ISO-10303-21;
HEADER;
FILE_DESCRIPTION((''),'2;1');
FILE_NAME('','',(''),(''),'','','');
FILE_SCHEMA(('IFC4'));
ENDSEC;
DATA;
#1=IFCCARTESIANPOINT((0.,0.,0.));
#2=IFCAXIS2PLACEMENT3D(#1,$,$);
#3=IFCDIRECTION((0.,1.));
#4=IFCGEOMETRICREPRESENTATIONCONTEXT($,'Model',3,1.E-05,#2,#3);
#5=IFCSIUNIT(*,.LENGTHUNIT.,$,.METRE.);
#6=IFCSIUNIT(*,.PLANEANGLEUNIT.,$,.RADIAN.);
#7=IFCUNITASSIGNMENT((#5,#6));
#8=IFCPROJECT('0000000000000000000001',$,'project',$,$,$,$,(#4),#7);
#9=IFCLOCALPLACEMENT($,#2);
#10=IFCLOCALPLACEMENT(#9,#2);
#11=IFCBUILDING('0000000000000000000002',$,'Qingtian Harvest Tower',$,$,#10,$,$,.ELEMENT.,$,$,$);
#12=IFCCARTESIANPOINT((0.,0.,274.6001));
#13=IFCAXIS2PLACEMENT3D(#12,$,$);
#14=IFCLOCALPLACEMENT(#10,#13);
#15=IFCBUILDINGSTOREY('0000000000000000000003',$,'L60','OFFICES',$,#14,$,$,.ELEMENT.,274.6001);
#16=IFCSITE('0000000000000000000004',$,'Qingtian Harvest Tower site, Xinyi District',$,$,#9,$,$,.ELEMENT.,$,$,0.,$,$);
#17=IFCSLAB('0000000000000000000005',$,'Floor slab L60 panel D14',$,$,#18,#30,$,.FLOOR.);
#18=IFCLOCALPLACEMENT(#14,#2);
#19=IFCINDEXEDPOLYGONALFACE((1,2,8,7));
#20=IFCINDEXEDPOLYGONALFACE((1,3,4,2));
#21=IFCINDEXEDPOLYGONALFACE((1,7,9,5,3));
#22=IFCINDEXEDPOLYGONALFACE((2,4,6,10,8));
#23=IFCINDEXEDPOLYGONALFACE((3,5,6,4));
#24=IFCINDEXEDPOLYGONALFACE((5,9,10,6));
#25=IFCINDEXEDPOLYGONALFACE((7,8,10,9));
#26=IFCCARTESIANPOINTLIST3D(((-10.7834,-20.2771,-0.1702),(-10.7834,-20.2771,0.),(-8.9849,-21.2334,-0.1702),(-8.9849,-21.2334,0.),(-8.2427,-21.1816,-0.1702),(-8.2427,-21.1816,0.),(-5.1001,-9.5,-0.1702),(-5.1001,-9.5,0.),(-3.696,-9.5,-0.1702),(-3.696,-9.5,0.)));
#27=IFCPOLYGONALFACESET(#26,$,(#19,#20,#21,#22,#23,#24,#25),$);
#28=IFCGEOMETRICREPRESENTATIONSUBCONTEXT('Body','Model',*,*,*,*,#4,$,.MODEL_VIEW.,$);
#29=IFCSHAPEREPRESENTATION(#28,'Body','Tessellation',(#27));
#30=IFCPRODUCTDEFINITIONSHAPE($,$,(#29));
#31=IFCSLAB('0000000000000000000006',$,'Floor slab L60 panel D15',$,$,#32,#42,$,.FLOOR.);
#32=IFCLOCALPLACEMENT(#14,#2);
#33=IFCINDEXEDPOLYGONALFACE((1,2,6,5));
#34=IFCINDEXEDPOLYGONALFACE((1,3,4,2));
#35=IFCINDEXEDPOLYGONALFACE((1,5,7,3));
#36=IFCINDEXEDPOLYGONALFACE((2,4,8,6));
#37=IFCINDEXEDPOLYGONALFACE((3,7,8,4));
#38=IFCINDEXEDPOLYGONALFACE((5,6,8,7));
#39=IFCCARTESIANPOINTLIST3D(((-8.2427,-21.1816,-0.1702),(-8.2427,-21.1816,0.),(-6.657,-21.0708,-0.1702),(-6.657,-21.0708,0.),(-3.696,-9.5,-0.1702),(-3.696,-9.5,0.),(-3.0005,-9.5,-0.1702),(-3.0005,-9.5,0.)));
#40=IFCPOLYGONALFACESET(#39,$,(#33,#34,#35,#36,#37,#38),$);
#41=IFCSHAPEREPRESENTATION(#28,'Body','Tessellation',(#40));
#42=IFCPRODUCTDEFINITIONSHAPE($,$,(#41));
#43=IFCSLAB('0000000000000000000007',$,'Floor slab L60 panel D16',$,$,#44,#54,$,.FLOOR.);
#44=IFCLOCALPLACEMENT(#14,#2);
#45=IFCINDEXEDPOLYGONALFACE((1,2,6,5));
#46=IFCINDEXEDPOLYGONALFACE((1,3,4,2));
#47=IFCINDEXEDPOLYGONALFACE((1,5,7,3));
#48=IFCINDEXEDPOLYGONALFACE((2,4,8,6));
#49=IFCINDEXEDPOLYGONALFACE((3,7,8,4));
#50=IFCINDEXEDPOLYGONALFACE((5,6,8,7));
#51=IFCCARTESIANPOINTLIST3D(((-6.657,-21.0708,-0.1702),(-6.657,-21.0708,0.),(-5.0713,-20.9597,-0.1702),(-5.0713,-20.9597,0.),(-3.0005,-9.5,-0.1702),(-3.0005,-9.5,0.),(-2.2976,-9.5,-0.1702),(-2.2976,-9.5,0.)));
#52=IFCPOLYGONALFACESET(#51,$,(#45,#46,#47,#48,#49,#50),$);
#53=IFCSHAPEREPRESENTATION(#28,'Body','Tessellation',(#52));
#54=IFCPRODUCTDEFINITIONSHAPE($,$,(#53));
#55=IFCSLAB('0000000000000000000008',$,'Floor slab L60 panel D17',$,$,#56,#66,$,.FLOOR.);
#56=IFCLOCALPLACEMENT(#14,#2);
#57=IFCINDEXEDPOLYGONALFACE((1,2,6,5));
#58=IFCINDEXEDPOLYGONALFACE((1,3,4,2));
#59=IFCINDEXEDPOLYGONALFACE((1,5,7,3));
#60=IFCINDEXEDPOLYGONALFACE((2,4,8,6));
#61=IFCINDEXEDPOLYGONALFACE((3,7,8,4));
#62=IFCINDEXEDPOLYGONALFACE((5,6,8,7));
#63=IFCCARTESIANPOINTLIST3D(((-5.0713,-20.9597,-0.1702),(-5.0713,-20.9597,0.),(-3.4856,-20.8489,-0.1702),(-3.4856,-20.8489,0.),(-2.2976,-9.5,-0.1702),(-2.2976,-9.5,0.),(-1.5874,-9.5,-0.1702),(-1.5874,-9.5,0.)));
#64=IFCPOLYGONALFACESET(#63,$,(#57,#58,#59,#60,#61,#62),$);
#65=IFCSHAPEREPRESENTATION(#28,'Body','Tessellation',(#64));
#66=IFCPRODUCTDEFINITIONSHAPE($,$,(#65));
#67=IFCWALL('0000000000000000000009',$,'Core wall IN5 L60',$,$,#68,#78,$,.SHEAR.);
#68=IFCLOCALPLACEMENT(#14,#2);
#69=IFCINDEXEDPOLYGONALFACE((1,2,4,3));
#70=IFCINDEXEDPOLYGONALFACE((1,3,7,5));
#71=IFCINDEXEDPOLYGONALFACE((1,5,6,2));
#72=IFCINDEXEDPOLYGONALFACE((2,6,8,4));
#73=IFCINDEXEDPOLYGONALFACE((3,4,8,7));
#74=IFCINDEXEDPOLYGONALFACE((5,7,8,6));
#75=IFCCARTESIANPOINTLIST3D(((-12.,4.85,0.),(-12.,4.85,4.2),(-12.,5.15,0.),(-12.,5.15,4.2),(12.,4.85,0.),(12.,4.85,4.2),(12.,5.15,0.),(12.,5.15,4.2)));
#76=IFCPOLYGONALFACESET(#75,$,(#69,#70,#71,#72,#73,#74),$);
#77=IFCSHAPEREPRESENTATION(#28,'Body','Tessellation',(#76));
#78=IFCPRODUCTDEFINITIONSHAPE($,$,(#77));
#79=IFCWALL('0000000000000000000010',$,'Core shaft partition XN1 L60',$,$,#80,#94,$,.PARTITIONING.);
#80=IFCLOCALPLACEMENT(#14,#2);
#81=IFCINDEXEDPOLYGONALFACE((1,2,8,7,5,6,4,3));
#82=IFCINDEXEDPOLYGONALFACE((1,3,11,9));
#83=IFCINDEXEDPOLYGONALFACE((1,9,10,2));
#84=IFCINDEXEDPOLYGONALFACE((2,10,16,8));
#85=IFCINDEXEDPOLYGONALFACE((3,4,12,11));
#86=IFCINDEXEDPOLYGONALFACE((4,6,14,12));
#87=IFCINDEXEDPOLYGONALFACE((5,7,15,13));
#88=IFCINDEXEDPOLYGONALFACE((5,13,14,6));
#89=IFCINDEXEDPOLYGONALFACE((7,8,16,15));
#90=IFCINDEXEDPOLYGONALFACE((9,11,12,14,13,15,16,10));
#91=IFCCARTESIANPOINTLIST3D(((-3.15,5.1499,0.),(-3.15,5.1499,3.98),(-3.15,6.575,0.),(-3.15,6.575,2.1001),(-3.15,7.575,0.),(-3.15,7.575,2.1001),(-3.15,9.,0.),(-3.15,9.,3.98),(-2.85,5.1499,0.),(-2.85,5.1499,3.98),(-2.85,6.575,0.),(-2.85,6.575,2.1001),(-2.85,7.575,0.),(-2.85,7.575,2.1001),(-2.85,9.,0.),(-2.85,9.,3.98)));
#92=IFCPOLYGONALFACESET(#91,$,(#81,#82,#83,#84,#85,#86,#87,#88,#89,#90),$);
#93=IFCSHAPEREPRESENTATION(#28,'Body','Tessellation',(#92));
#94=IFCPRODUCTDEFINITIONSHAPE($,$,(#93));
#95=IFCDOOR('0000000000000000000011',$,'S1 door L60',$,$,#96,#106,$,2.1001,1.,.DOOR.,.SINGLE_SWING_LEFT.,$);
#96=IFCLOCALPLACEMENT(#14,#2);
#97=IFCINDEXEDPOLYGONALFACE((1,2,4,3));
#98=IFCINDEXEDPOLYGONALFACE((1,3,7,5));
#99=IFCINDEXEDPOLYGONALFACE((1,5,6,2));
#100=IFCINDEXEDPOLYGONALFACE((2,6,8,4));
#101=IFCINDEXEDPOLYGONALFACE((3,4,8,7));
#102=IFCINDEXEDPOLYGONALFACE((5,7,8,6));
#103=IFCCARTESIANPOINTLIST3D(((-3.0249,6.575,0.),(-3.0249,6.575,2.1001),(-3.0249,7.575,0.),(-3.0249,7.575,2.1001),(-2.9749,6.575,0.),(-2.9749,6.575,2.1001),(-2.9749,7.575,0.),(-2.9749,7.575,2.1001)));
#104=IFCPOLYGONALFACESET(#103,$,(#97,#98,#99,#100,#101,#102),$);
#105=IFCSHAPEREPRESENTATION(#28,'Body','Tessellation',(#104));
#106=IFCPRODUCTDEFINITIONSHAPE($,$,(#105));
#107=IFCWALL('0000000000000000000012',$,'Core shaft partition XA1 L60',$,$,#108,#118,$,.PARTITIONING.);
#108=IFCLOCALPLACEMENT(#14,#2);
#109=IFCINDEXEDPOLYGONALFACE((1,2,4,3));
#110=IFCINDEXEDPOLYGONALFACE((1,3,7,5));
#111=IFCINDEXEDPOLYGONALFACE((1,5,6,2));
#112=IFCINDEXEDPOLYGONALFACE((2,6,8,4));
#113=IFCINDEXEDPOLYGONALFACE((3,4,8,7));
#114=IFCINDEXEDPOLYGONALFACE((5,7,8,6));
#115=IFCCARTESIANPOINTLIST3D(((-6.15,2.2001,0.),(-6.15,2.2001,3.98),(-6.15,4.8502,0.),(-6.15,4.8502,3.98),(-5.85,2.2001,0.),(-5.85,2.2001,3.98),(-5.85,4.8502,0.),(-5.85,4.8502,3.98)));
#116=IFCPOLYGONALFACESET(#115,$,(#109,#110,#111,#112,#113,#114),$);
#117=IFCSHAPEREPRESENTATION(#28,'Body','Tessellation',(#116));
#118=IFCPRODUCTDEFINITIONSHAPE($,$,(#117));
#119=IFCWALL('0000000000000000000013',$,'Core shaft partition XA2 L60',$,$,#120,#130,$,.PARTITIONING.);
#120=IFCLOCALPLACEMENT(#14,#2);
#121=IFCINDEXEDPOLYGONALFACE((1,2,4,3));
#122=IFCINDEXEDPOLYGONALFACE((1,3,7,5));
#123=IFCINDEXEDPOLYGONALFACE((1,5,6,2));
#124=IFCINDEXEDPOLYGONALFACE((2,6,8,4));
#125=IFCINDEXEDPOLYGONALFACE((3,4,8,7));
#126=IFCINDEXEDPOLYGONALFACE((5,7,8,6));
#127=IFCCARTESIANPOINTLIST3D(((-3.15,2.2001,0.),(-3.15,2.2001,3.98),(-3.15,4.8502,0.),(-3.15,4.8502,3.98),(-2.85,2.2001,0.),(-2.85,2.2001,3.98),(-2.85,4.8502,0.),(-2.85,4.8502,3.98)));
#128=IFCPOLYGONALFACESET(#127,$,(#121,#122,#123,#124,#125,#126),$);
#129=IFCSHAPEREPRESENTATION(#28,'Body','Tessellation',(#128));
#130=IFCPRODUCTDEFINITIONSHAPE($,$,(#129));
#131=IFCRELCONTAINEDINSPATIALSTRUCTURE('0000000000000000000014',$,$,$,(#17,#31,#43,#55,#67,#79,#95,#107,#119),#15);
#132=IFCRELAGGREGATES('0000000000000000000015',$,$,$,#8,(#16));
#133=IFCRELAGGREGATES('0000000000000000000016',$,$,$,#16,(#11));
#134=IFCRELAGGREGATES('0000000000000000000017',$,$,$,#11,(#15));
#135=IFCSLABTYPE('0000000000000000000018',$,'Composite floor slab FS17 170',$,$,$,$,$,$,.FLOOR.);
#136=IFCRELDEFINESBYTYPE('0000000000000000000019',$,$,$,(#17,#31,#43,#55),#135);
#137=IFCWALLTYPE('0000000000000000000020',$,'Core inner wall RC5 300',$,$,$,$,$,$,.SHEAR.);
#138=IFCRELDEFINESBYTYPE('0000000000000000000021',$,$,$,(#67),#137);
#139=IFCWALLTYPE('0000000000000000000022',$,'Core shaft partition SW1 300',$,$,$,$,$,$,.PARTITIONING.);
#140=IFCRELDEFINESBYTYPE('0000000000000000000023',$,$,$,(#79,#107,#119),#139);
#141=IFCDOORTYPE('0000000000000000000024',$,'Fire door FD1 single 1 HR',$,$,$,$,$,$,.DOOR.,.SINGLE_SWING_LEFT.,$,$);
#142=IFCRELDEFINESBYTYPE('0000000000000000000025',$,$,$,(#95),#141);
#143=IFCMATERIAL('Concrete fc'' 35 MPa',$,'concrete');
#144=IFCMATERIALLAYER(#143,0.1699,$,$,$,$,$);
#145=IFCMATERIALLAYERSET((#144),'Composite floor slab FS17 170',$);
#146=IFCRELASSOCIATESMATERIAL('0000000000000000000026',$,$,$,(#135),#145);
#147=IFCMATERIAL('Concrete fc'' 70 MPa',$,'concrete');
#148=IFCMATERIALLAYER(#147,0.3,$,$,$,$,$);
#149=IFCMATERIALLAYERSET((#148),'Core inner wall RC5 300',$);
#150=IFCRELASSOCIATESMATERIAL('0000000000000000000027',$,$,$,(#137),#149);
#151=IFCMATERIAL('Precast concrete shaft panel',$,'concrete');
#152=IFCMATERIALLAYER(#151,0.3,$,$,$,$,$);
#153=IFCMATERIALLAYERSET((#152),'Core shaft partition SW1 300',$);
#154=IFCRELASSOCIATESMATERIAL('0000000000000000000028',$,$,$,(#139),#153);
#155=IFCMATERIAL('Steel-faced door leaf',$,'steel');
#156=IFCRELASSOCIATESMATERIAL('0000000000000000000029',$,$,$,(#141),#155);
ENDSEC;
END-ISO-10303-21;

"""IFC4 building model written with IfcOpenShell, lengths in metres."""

from ifc_helpers import new_model, si_unit, direction, frame, frame_2d, origin, place, context, subcontext, project, spatial, polyline, rectangle, outline, extrude, material, layer, layer_set, type_object, element, fill, save


model = new_model("IFC4")

# Units and contexts
model_context = context("Model", 3, precision=1e-05, world=origin(), true_north=direction((0.0, 1.0)))
body_context = subcontext(model_context, "Body", "Model", "MODEL_VIEW")
ifc_project = project(units=[si_unit("LENGTHUNIT", "METRE"), si_unit("PLANEANGLEUNIT", "RADIAN")], contexts=[model_context])

# Site, building, storey
site_placement = place(None, origin())
site = spatial("IfcSite", under=ifc_project, at=site_placement, Name="Qingtian Harvest Tower site, Xinyi District", CompositionType="ELEMENT", RefElevation=0.0)
building_placement = place(site_placement, origin())
building = spatial("IfcBuilding", under=site, at=building_placement, Name="Qingtian Harvest Tower", CompositionType="ELEMENT")
storey_placement = place(building_placement, frame((0.0, 0.0, 274.6001)))
storey = spatial("IfcBuildingStorey", under=building, at=storey_placement, Name="L60", Description="OFFICES", CompositionType="ELEMENT", Elevation=274.6001)

# Slabs
ifc_material_1 = material(Name="Concrete fc' 35 MPa", Category="concrete")
ifc_layer_1 = layer(ifc_material_1, 0.1699)
ifc_layer_set_1 = layer_set([ifc_layer_1], Name="Composite floor slab FS17 170")
slab_type = type_object("IfcSlabType", Name="Composite floor slab FS17 170", PredefinedType="FLOOR", material=ifc_layer_set_1)
slab_1_placement = place(storey_placement, frame((0.0, 0.0, -0.1702)))
element("IfcSlab", 1, at=slab_1_placement, inside=storey, type_object=slab_type, Name="Floor slab L60 panel D14", PredefinedType="FLOOR", context=body_context, shape_type="SweptSolid", body=[
    extrude(outline(polyline([(-5.1001, -9.5), (-3.696, -9.5), (-8.2427, -21.1816), (-8.9849, -21.2334), (-10.7834, -20.2771), (-5.1001, -9.5)])), origin(), (0.0, 0.0, 1.0), 0.1702),
])
slab_2_placement = place(storey_placement, frame((0.0, 0.0, -0.1702)))
element("IfcSlab", 2, at=slab_2_placement, inside=storey, type_object=slab_type, Name="Floor slab L60 panel D15", PredefinedType="FLOOR", context=body_context, shape_type="SweptSolid", body=[
    extrude(outline(polyline([(-3.0005, -9.5), (-6.657, -21.0708), (-8.2427, -21.1816), (-3.696, -9.5), (-3.0005, -9.5)])), origin(), (0.0, 0.0, 1.0), 0.1702),
])
slab_3_placement = place(storey_placement, frame((0.0, 0.0, -0.1702)))
element("IfcSlab", 3, at=slab_3_placement, inside=storey, type_object=slab_type, Name="Floor slab L60 panel D16", PredefinedType="FLOOR", context=body_context, shape_type="SweptSolid", body=[
    extrude(outline(polyline([(-2.2976, -9.5), (-5.0713, -20.9597), (-6.657, -21.0708), (-3.0005, -9.5), (-2.2976, -9.5)])), origin(), (0.0, 0.0, 1.0), 0.1702),
])
slab_4_placement = place(storey_placement, frame((0.0, 0.0, -0.1702)))
element("IfcSlab", 4, at=slab_4_placement, inside=storey, type_object=slab_type, Name="Floor slab L60 panel D17", PredefinedType="FLOOR", context=body_context, shape_type="SweptSolid", body=[
    extrude(outline(polyline([(-1.5874, -9.5), (-3.4856, -20.8489), (-5.0713, -20.9597), (-2.2976, -9.5), (-1.5874, -9.5)])), origin(), (0.0, 0.0, 1.0), 0.1702),
])

# Wall
ifc_material_2 = material(Name="Concrete fc' 70 MPa", Category="concrete")
ifc_layer_2 = layer(ifc_material_2, 0.3)
ifc_layer_set_2 = layer_set([ifc_layer_2], Name="Core inner wall RC5 300")
wall_type_1 = type_object("IfcWallType", Name="Core inner wall RC5 300", PredefinedType="SHEAR", material=ifc_layer_set_2)
wall_1_placement = place(storey_placement, frame((-12.0, 5.0, 0.0), z_axis=(0.0, 0.0, 1.0), x_axis=(1.0, 0.0, 0.0)))
element("IfcWall", 5, at=wall_1_placement, inside=storey, type_object=wall_type_1, Name="Core wall IN5 L60", PredefinedType="SHEAR", context=body_context, shape_type="SweptSolid", body=[
    extrude(rectangle(XDim=24.0, YDim=0.3, at=frame_2d((12.0, 0.0))), origin(), (0.0, 0.0, 1.0), 4.2),
])

# Wall, opening, door
ifc_material_3 = material(Name="Precast concrete shaft panel", Category="concrete")
ifc_layer_3 = layer(ifc_material_3, 0.3)
ifc_layer_set_3 = layer_set([ifc_layer_3], Name="Core shaft partition SW1 300")
wall_type_2 = type_object("IfcWallType", Name="Core shaft partition SW1 300", PredefinedType="PARTITIONING", material=ifc_layer_set_3)
wall_2_placement = place(storey_placement, frame((-3.0, 5.1499, 0.0), z_axis=(0.0, 0.0, 1.0), x_axis=(0.0, 1.0, 0.0)))
wall_2 = element("IfcWall", 6, at=wall_2_placement, inside=storey, type_object=wall_type_2, Name="Core shaft partition XN1 L60", PredefinedType="PARTITIONING", context=body_context, shape_type="SweptSolid", body=[
    extrude(rectangle(XDim=3.8501, YDim=0.3, at=frame_2d((1.925, 0.0))), origin(), (0.0, 0.0, 1.0), 3.98),
])
opening_1_placement = place(wall_2_placement, frame((1.425, 0.0, 0.0)))
opening_1 = element("IfcOpeningElement", 7, at=opening_1_placement, cuts=wall_2, PredefinedType="OPENING", context=body_context, shape_type="SweptSolid", body=[
    extrude(rectangle(XDim=1.0, YDim=2.1001, at=frame_2d((0.5, 1.05))), frame((0.0, 0.1599, 0.0), z_axis=(0.0, -1.0, 0.0), x_axis=(1.0, 0.0, 0.0)), (0.0, 0.0, 1.0), 0.3201),
])
ifc_material_4 = material(Name="Steel-faced door leaf", Category="steel")
door_type_1 = type_object("IfcDoorType", Name="Fire door FD1 single 1 HR", OperationType="SINGLE_SWING_LEFT", PredefinedType="DOOR", material=ifc_material_4)
door_1_placement = place(opening_1_placement, origin())
door_1 = element("IfcDoor", 8, at=door_1_placement, inside=storey, type_object=door_type_1, Name="S1 door L60", OperationType="SINGLE_SWING_LEFT", OverallHeight=2.1001, OverallWidth=1.0, PredefinedType="DOOR", context=body_context, shape_type="SweptSolid", body=[
    extrude(rectangle(XDim=1.0, YDim=2.1001, at=frame_2d((0.5, 1.05))), frame((0.0, 0.0249, 0.0), z_axis=(0.0, -1.0, 0.0), x_axis=(1.0, 0.0, 0.0)), (0.0, 0.0, 1.0), 0.05),
])
fill(opening_1, door_1)

# Walls
for number, where, z_axis, x_axis, name in (
    (9, (-6.0, 2.2, 0.0), (0.0, 0.0, 1.0), (0.0, 1.0, 0.0), "Core shaft partition XA1 L60"),
    (10, (-3.0, 2.2, 0.0), (0.0, 0.0, 1.0), (0.0, 1.0, 0.0), "Core shaft partition XA2 L60"),
):
    element("IfcWall", number, at=place(storey_placement, frame(where, z_axis=z_axis, x_axis=x_axis)), inside=storey, type_object=wall_type_2, Name=name, PredefinedType="PARTITIONING", context=body_context, shape_type="SweptSolid", body=[
        extrude(rectangle(XDim=2.6501, YDim=0.3, at=frame_2d((1.3252, 0.0))), origin(), (0.0, 0.0, 1.0), 3.98),
    ])

save(model, "model.ifc")
